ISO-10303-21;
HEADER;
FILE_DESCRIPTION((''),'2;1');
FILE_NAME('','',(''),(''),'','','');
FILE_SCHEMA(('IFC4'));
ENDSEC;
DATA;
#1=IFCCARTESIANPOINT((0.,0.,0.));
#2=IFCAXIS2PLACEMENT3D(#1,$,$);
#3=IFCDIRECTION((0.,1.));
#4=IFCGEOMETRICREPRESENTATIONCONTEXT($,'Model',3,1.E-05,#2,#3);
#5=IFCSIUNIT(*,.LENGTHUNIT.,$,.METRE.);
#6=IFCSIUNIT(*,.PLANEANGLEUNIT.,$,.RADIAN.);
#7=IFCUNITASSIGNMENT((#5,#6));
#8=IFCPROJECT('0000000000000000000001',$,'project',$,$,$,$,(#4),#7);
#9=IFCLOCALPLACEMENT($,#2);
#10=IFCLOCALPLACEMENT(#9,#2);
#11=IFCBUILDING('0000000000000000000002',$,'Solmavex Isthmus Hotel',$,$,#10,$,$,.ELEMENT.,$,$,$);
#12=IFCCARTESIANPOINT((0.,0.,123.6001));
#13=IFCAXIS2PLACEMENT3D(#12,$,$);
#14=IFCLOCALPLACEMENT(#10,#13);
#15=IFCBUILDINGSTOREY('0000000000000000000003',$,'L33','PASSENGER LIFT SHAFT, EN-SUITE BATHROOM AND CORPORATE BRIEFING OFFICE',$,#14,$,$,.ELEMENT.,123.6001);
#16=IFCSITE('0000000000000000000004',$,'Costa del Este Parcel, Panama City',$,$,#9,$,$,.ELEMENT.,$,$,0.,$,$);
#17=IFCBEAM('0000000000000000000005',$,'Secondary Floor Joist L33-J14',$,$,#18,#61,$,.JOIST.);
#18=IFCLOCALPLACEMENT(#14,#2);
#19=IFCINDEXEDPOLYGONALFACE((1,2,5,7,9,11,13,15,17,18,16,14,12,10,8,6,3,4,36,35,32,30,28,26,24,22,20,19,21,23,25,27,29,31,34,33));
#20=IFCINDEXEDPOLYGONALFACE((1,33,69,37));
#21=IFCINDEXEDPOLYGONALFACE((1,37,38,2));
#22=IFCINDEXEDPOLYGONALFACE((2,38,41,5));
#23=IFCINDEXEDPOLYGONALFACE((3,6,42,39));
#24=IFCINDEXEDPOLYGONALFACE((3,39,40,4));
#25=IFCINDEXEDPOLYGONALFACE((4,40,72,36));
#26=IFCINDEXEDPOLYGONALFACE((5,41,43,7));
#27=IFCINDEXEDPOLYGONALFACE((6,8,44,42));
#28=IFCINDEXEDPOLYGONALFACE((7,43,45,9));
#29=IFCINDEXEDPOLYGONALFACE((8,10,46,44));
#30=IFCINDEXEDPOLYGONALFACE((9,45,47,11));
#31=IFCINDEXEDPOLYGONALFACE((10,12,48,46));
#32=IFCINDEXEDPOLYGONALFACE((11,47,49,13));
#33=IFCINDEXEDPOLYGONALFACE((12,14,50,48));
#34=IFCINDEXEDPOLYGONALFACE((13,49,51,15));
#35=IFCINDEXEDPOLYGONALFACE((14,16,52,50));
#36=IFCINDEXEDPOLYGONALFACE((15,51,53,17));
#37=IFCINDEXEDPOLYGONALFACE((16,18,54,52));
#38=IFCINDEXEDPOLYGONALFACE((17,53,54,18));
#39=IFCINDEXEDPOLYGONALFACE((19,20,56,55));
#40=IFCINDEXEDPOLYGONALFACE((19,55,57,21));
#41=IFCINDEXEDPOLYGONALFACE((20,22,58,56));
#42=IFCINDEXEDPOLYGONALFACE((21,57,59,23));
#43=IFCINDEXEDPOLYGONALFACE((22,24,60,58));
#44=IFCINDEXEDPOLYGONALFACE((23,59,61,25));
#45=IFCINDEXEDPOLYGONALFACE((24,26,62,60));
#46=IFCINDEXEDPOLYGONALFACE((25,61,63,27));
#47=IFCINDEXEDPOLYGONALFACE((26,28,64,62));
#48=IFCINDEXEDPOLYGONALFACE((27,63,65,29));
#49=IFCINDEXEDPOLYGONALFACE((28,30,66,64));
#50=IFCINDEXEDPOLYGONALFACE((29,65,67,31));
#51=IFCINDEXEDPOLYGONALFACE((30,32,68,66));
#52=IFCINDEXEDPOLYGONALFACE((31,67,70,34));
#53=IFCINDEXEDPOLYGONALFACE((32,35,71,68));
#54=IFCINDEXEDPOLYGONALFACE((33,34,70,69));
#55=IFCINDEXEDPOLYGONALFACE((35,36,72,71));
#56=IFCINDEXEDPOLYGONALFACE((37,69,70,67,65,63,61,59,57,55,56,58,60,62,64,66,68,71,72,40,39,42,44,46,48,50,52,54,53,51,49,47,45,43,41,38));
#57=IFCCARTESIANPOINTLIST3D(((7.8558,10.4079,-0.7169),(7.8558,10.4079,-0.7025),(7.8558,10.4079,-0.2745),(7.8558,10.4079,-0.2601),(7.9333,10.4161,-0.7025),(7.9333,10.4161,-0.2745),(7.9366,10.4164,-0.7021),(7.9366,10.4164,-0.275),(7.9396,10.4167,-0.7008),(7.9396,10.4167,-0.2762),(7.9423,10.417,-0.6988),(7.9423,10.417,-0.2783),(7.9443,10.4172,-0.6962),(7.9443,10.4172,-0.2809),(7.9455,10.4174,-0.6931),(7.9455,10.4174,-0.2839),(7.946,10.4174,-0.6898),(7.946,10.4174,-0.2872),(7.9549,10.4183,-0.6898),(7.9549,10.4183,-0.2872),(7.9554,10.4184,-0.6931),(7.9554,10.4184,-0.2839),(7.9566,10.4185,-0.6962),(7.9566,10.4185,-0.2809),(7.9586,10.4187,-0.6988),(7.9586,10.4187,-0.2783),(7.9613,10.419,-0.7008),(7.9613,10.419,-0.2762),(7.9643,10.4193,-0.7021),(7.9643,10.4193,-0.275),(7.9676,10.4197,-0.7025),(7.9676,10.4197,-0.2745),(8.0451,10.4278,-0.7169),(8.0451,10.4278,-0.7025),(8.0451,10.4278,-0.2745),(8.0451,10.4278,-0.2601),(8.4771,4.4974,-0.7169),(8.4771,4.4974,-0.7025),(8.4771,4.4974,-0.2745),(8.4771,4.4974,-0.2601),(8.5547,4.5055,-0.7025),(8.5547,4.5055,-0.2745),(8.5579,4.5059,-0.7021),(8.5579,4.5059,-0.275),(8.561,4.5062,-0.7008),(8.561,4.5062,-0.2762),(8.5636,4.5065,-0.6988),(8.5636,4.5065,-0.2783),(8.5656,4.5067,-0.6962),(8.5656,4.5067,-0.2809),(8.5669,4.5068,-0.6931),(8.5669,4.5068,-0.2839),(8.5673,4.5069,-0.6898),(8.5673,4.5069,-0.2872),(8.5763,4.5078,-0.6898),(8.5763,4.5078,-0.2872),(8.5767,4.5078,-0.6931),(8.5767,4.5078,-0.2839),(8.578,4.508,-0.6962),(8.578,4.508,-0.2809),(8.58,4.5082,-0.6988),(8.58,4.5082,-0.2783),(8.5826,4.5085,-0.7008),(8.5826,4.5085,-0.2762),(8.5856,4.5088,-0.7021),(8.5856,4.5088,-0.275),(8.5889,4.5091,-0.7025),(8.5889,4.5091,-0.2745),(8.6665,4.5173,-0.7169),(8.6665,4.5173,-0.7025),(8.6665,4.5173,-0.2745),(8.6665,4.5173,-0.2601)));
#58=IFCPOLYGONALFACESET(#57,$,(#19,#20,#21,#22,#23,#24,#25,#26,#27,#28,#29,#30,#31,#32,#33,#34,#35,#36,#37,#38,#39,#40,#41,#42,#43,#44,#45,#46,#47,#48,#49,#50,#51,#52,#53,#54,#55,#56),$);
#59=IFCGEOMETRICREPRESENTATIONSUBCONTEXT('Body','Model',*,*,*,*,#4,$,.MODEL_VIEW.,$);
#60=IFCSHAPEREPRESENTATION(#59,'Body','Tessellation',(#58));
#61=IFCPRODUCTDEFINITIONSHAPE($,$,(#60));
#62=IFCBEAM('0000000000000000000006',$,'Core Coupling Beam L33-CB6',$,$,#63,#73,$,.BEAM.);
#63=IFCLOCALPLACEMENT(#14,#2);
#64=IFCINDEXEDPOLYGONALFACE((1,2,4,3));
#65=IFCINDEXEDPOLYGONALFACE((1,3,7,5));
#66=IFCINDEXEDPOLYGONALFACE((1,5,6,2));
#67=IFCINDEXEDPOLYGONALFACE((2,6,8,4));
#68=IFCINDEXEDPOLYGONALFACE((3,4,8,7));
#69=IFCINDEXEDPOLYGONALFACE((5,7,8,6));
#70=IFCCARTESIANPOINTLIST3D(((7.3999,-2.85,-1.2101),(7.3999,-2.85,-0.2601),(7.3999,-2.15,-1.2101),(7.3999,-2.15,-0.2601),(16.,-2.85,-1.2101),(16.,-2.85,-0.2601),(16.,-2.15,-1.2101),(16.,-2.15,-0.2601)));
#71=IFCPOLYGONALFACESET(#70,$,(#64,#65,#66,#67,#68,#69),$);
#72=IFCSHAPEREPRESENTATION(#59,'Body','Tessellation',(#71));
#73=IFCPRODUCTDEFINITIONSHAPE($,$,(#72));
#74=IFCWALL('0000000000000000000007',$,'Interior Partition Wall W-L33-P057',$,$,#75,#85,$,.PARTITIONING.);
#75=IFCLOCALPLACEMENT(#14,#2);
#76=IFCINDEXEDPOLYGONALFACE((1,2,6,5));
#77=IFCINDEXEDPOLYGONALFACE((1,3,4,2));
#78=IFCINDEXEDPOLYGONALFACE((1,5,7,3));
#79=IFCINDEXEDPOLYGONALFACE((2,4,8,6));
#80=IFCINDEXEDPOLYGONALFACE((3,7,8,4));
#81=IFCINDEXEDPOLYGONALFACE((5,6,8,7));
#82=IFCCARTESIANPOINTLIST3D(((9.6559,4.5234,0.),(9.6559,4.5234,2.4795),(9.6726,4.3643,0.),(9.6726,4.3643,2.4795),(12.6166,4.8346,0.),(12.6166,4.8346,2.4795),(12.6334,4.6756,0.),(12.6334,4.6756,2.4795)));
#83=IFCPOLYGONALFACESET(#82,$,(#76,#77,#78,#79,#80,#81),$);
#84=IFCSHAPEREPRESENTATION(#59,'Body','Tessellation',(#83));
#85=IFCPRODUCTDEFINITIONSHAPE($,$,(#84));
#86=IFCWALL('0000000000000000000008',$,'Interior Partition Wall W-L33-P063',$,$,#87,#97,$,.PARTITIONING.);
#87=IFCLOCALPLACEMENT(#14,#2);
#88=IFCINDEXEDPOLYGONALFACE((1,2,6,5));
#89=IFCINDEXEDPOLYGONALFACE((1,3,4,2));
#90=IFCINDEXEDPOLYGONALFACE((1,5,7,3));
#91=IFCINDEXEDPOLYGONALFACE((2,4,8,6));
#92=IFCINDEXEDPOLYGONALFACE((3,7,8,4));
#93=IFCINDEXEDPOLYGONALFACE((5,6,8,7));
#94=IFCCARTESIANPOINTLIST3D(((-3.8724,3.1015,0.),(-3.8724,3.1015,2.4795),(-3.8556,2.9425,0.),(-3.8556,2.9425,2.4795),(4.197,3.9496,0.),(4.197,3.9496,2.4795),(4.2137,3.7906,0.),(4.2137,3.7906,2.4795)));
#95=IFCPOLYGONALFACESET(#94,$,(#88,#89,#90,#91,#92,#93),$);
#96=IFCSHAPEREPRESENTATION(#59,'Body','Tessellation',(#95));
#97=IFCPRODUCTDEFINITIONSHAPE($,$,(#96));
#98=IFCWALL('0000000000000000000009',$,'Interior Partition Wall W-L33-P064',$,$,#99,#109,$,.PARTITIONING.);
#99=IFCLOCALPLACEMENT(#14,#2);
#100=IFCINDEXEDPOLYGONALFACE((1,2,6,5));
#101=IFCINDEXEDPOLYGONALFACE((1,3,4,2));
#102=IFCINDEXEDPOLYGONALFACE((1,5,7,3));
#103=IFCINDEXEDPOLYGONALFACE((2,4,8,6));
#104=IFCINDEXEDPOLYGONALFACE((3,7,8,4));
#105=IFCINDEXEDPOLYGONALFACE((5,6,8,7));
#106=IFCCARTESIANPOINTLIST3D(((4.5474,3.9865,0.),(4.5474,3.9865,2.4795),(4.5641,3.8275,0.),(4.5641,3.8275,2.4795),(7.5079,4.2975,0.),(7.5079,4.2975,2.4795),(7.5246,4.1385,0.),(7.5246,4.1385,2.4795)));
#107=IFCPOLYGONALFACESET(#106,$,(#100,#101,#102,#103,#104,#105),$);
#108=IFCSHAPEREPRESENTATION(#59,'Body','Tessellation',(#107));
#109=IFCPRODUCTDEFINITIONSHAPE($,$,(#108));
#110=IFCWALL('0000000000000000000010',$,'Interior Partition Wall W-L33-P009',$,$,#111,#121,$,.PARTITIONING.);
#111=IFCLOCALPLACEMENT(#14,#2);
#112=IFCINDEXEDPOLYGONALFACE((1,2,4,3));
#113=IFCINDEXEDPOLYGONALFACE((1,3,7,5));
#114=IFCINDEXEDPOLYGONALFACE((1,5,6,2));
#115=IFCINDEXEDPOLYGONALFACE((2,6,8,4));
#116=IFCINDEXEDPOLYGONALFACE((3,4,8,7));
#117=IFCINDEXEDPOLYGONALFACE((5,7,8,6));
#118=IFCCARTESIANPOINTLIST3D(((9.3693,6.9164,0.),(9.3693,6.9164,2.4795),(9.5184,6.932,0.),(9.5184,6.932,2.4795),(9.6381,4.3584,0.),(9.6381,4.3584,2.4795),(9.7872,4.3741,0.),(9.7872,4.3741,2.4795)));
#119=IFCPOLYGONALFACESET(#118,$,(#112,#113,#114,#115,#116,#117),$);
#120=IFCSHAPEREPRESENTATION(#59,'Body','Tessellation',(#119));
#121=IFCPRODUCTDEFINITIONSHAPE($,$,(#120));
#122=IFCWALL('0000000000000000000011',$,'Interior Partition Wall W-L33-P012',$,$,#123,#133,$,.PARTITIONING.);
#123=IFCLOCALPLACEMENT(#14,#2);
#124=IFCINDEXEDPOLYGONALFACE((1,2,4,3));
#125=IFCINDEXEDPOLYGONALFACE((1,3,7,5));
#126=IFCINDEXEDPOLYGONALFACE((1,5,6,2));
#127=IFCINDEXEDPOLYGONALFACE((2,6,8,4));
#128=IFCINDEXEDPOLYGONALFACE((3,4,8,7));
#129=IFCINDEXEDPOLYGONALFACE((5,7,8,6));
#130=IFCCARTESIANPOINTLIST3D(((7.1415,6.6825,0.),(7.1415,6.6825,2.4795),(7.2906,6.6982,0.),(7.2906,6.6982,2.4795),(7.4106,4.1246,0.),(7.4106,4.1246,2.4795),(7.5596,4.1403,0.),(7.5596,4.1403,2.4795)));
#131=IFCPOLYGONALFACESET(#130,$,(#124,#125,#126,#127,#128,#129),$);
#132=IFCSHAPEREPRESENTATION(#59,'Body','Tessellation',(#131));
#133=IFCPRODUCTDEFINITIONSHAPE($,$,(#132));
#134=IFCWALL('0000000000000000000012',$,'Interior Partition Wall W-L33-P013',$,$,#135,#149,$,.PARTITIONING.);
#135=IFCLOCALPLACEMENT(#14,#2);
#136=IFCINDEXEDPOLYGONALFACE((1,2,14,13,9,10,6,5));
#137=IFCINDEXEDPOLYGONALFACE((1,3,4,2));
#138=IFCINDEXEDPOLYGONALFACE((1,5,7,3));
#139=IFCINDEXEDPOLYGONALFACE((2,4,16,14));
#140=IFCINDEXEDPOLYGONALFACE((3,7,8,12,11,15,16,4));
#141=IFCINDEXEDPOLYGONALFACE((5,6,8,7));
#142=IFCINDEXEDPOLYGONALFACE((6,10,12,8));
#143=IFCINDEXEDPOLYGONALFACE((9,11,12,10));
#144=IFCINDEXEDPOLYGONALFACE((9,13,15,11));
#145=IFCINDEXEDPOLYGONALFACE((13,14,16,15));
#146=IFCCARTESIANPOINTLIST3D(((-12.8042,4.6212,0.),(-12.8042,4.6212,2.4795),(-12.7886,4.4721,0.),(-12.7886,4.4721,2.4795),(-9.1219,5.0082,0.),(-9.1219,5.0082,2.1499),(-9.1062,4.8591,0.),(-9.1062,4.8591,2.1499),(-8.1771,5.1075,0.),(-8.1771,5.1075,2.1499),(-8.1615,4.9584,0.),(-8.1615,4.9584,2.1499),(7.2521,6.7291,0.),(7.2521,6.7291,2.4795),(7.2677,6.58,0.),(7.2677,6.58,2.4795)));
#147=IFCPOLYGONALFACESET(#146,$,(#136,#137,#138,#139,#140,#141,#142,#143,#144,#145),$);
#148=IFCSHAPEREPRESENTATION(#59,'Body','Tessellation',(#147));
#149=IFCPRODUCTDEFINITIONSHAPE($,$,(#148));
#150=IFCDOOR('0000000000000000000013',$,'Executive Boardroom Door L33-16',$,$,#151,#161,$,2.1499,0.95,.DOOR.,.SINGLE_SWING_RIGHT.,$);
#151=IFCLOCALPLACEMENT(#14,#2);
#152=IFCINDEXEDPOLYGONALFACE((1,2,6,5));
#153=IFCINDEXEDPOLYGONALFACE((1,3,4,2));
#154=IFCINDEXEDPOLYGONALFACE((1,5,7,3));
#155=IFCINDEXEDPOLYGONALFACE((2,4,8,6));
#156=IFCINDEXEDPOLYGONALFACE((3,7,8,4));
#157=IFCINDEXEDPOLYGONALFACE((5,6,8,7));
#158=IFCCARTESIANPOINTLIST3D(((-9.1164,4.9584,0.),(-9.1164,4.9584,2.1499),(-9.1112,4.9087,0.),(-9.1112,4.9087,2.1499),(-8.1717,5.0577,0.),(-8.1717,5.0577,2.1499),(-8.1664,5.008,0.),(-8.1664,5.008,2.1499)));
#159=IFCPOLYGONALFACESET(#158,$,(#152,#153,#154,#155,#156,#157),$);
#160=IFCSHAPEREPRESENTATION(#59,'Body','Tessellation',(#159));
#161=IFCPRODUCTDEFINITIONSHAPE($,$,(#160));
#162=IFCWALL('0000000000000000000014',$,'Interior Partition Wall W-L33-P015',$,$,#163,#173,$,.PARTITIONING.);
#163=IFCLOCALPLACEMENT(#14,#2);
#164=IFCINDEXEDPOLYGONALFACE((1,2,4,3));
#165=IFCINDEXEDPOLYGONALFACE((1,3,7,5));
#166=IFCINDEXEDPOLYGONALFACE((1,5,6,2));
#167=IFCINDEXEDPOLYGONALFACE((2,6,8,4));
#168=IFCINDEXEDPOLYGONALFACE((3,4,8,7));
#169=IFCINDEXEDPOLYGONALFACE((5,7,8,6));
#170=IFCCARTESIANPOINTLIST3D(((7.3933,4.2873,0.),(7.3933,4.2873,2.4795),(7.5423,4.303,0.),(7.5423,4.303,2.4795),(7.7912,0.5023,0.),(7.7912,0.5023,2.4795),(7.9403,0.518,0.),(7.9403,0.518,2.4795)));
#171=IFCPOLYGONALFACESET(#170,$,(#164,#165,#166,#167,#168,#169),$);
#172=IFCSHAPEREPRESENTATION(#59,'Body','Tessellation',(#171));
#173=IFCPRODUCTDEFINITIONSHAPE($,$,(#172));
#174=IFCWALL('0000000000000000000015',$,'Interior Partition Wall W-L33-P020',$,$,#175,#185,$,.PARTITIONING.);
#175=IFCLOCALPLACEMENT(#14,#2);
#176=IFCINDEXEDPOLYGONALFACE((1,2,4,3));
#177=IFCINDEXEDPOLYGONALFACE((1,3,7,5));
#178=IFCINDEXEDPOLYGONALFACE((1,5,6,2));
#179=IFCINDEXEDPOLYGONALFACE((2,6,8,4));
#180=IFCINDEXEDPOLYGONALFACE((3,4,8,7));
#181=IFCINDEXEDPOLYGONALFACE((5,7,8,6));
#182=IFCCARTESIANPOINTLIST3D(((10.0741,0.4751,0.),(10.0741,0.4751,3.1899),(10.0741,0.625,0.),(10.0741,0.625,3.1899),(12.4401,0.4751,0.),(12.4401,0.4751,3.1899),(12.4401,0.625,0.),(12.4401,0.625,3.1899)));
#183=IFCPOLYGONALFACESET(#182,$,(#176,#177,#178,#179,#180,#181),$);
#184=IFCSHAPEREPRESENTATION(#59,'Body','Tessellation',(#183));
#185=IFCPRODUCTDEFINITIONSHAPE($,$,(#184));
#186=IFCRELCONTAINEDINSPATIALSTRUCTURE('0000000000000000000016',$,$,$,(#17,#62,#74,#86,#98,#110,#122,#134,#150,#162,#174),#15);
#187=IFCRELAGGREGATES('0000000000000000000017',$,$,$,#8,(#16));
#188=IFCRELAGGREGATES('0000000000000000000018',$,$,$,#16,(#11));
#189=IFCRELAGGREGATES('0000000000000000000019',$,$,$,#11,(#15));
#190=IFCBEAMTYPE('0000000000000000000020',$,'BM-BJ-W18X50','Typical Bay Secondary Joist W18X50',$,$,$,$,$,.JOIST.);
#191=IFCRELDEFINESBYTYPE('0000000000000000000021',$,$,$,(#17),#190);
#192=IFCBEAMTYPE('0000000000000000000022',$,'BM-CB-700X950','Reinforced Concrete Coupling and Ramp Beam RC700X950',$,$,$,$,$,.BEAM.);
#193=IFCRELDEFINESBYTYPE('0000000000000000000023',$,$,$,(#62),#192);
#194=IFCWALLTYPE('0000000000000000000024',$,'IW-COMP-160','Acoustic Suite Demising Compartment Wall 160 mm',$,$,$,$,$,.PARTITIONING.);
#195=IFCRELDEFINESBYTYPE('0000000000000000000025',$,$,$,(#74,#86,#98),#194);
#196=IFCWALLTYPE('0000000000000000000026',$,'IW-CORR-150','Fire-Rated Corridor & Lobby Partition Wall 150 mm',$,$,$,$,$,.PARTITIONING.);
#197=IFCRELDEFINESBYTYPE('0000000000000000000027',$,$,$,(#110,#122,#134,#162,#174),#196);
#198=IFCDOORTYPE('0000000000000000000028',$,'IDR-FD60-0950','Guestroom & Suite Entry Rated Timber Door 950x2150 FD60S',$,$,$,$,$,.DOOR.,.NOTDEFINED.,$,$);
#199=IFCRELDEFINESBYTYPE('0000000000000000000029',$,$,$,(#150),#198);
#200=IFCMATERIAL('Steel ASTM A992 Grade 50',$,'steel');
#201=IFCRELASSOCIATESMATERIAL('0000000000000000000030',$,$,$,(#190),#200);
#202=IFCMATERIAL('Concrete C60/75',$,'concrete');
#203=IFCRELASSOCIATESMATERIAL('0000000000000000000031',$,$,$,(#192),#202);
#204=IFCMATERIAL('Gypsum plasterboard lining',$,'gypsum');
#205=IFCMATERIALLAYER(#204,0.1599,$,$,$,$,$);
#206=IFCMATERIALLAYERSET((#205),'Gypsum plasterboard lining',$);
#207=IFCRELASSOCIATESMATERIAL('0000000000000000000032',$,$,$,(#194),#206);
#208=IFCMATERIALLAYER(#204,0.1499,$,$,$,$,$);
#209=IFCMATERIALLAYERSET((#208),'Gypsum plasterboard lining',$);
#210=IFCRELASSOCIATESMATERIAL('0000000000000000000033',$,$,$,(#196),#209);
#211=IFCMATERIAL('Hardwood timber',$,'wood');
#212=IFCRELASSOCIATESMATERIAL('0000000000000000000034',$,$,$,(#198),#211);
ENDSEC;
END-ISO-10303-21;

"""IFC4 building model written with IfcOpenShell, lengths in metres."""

from ifc_helpers import new_model, si_unit, direction, frame, frame_2d, origin, origin_2d, place, context, subcontext, project, spatial, rectangle, i_section, extrude, material, layer, layer_set, material_profile, profile_set, type_object, element, fill, save


model = new_model("IFC4")

# Units and contexts
model_context = context("Model", 3, precision=1e-05, world=origin(), true_north=direction((0.0, 1.0)))
body_context = subcontext(model_context, "Body", "Model", "MODEL_VIEW")
ifc_project = project(units=[si_unit("LENGTHUNIT", "METRE"), si_unit("PLANEANGLEUNIT", "RADIAN")], contexts=[model_context])

# Site, building, storey
site_placement = place(None, origin())
site = spatial("IfcSite", under=ifc_project, at=site_placement, Name="Costa del Este Parcel, Panama City", CompositionType="ELEMENT", RefElevation=0.0)
building_placement = place(site_placement, origin())
building = spatial("IfcBuilding", under=site, at=building_placement, Name="Solmavex Isthmus Hotel", CompositionType="ELEMENT")
storey_placement = place(building_placement, frame((0.0, 0.0, 123.6001)))
storey = spatial("IfcBuildingStorey", under=building, at=storey_placement, Name="L33", Description="PASSENGER LIFT SHAFT, EN-SUITE BATHROOM AND CORPORATE BRIEFING OFFICE", CompositionType="ELEMENT", Elevation=123.6001)

# Shared definitions
ifc_material_1 = material(Name="Concrete C60/75", Category="concrete")

# Beams
ifc_material_2 = material(Name="Steel ASTM A992 Grade 50", Category="steel")
ifc_material_profile_1 = material_profile(ifc_material_2, i_section(OverallWidth=0.1904, OverallDepth=0.4568, WebThickness=0.009, FlangeThickness=0.0144, FilletRadius=0.0127, at=origin_2d()), Name="W18X50")
ifc_profile_set_1 = profile_set([ifc_material_profile_1], Name="Steel ASTM A992 Grade 50")
beam_type_1 = type_object("IfcBeamType", Name="BM-BJ-W18X50", Description="Typical Bay Secondary Joist W18X50", PredefinedType="JOIST", material=ifc_profile_set_1)
beam_1_placement = place(storey_placement, frame((8.5718, 4.5073, -0.4885), z_axis=(-0.104546, 0.99452, 0.0), x_axis=(-0.99452, -0.104546, 0.0)))
element("IfcBeam", 1, at=beam_1_placement, inside=storey, type_object=beam_type_1, Name="Secondary Floor Joist L33-J14", PredefinedType="JOIST", context=body_context, shape_type="SweptSolid", body=[
    extrude(i_section(OverallWidth=0.1904, OverallDepth=0.4568, WebThickness=0.009, FlangeThickness=0.0144, FilletRadius=0.0127, at=origin_2d()), origin(), (0.0, 0.0, 1.0), 5.9431),
])
ifc_material_profile_2 = material_profile(ifc_material_1, rectangle(XDim=0.7, YDim=0.95, at=origin_2d()), Name="RC700X950")
ifc_profile_set_2 = profile_set([ifc_material_profile_2], Name="Concrete C60/75")
beam_type_2 = type_object("IfcBeamType", Name="BM-CB-700X950", Description="Reinforced Concrete Coupling and Ramp Beam RC700X950", PredefinedType="BEAM", material=ifc_profile_set_2)
beam_2_placement = place(storey_placement, frame((7.3999, -2.5, -0.7351), z_axis=(1.0, 0.0, 0.0), x_axis=(0.0, 1.0, 0.0)))
element("IfcBeam", 2, at=beam_2_placement, inside=storey, type_object=beam_type_2, Name="Core Coupling Beam L33-CB6", PredefinedType="BEAM", context=body_context, shape_type="SweptSolid", body=[
    extrude(rectangle(XDim=0.7, YDim=0.95, at=origin_2d()), origin(), (0.0, 0.0, 1.0), 8.6001),
])

# Walls
ifc_material_3 = material(Name="Gypsum plasterboard lining", Category="gypsum")
ifc_layer_1 = layer(ifc_material_3, 0.1599)
ifc_layer_set_1 = layer_set([ifc_layer_1], Name="Gypsum plasterboard lining")
wall_type_1 = type_object("IfcWallType", Name="IW-COMP-160", Description="Acoustic Suite Demising Compartment Wall 160 mm", PredefinedType="PARTITIONING", material=ifc_layer_set_1)
wall_1_placement = place(storey_placement, frame((12.625, 4.7551, 0.0), z_axis=(0.0, 0.0, 1.0), x_axis=(-0.994518, -0.104561, 0.0)))
element("IfcWall", 3, at=wall_1_placement, inside=storey, type_object=wall_type_1, Name="Interior Partition Wall W-L33-P057", PredefinedType="PARTITIONING", context=body_context, shape_type="SweptSolid", body=[
    extrude(rectangle(XDim=2.9771, YDim=0.1599, at=frame_2d((1.4885, 0.0))), origin(), (0.0, 0.0, 1.0), 2.4795),
])
wall_2_placement = place(storey_placement, frame((4.2053, 3.8701, 0.0), z_axis=(0.0, 0.0, 1.0), x_axis=(-0.994522, -0.104531, 0.0)))
element("IfcWall", 4, at=wall_2_placement, inside=storey, type_object=wall_type_1, Name="Interior Partition Wall W-L33-P063", PredefinedType="PARTITIONING", context=body_context, shape_type="SweptSolid", body=[
    extrude(rectangle(XDim=8.1138, YDim=0.1599, at=frame_2d((4.0569, 0.0))), origin(), (0.0, 0.0, 1.0), 2.4795),
])
wall_3_placement = place(storey_placement, frame((7.5161, 4.218, 0.0), z_axis=(0.0, 0.0, 1.0), x_axis=(-0.994526, -0.104488, 0.0)))
element("IfcWall", 5, at=wall_3_placement, inside=storey, type_object=wall_type_1, Name="Interior Partition Wall W-L33-P064", PredefinedType="PARTITIONING", context=body_context, shape_type="SweptSolid", body=[
    extrude(rectangle(XDim=2.9768, YDim=0.1599, at=frame_2d((1.4883, 0.0))), origin(), (0.0, 0.0, 1.0), 2.4795),
])
ifc_layer_2 = layer(ifc_material_3, 0.1499)
ifc_layer_set_2 = layer_set([ifc_layer_2], Name="Gypsum plasterboard lining")
wall_type_2 = type_object("IfcWallType", Name="IW-CORR-150", Description="Fire-Rated Corridor & Lobby Partition Wall 150 mm", PredefinedType="PARTITIONING", material=ifc_layer_set_2)
for number, where, z_axis, x_axis, name in (
    (6, (9.4438, 6.9243, 0.0), (0.0, 0.0, 1.0), (0.104512, -0.994524, 0.0), "Interior Partition Wall W-L33-P009"),
    (7, (7.4851, 4.1323, 0.0), (0.0, 0.0, 1.0), (-0.104606, 0.994514, 0.0), "Interior Partition Wall W-L33-P012"),
):
    element("IfcWall", number, at=place(storey_placement, frame(where, z_axis=z_axis, x_axis=x_axis)), inside=storey, type_object=wall_type_2, Name=name, PredefinedType="PARTITIONING", context=body_context, shape_type="SweptSolid", body=[
        extrude(rectangle(XDim=2.572, YDim=0.1499, at=frame_2d((1.2861, 0.0))), origin(), (0.0, 0.0, 1.0), 2.4795),
    ])

# Wall, opening, door
wall_4_placement = place(storey_placement, frame((7.26, 6.6545, 0.0), z_axis=(0.0, 0.0, 1.0), x_axis=(-0.994522, -0.104523, 0.0)))
wall_4 = element("IfcWall", 8, at=wall_4_placement, inside=storey, type_object=wall_type_2, Name="Interior Partition Wall W-L33-P013", PredefinedType="PARTITIONING", context=body_context, shape_type="SweptSolid", body=[
    extrude(rectangle(XDim=20.1667, YDim=0.1499, at=frame_2d((10.0835, 0.0))), origin(), (0.0, 0.0, 1.0), 2.4795),
])
opening_1_placement = place(wall_4_placement, frame((15.5142, 0.0, 0.0)))
opening_1 = element("IfcOpeningElement", 9, at=opening_1_placement, cuts=wall_4, PredefinedType="OPENING", context=body_context, shape_type="SweptSolid", body=[
    extrude(rectangle(XDim=0.95, YDim=2.1499, at=frame_2d((0.4751, 1.075))), frame((0.0, 0.085, 0.0), z_axis=(0.0, -1.0, 0.0), x_axis=(1.0, 0.0, 0.0)), (0.0, 0.0, 1.0), 0.1699),
])
ifc_material_4 = material(Name="Hardwood timber", Category="wood")
door_type = type_object("IfcDoorType", Name="IDR-FD60-0950", Description="Guestroom & Suite Entry Rated Timber Door 950x2150 FD60S", OperationType="NOTDEFINED", PredefinedType="DOOR", material=ifc_material_4)
door_1_placement = place(opening_1_placement, frame((0.95, 0.0, 0.0), z_axis=(0.0, 0.0, 1.0), x_axis=(-1.0, 0.0, 0.0)))
door_1 = element("IfcDoor", 10, at=door_1_placement, inside=storey, type_object=door_type, Name="Executive Boardroom Door L33-16", OperationType="SINGLE_SWING_RIGHT", OverallHeight=2.1499, OverallWidth=0.95, PredefinedType="DOOR", context=body_context, shape_type="SweptSolid", body=[
    extrude(rectangle(XDim=0.95, YDim=2.1499, at=frame_2d((0.4751, 1.075))), frame((0.0, 0.0249, 0.0), z_axis=(0.0, -1.0, 0.0), x_axis=(1.0, 0.0, 0.0)), (0.0, 0.0, 1.0), 0.05),
])
fill(opening_1, door_1)

# Wall
wall_5_placement = place(storey_placement, frame((7.8657, 0.5103, 0.0), z_axis=(0.0, 0.0, 1.0), x_axis=(-0.104558, 0.994519, 0.0)))
element("IfcWall", 11, at=wall_5_placement, inside=storey, type_object=wall_type_2, Name="Interior Partition Wall W-L33-P015", PredefinedType="PARTITIONING", context=body_context, shape_type="SweptSolid", body=[
    extrude(rectangle(XDim=3.8059, YDim=0.1499, at=frame_2d((1.9028, 0.0))), origin(), (0.0, 0.0, 1.0), 2.4795),
])

# Wall
wall_6_placement = place(storey_placement, frame((10.074, 0.55, 0.0), z_axis=(0.0, 0.0, 1.0), x_axis=(1.0, 0.0, 0.0)))
element("IfcWall", 12, at=wall_6_placement, inside=storey, type_object=wall_type_2, Name="Interior Partition Wall W-L33-P020", PredefinedType="PARTITIONING", context=body_context, shape_type="SweptSolid", body=[
    extrude(rectangle(XDim=2.366, YDim=0.1499, at=frame_2d((1.1831, 0.0))), origin(), (0.0, 0.0, 1.0), 3.1899),
])

save(model, "model.ifc")
